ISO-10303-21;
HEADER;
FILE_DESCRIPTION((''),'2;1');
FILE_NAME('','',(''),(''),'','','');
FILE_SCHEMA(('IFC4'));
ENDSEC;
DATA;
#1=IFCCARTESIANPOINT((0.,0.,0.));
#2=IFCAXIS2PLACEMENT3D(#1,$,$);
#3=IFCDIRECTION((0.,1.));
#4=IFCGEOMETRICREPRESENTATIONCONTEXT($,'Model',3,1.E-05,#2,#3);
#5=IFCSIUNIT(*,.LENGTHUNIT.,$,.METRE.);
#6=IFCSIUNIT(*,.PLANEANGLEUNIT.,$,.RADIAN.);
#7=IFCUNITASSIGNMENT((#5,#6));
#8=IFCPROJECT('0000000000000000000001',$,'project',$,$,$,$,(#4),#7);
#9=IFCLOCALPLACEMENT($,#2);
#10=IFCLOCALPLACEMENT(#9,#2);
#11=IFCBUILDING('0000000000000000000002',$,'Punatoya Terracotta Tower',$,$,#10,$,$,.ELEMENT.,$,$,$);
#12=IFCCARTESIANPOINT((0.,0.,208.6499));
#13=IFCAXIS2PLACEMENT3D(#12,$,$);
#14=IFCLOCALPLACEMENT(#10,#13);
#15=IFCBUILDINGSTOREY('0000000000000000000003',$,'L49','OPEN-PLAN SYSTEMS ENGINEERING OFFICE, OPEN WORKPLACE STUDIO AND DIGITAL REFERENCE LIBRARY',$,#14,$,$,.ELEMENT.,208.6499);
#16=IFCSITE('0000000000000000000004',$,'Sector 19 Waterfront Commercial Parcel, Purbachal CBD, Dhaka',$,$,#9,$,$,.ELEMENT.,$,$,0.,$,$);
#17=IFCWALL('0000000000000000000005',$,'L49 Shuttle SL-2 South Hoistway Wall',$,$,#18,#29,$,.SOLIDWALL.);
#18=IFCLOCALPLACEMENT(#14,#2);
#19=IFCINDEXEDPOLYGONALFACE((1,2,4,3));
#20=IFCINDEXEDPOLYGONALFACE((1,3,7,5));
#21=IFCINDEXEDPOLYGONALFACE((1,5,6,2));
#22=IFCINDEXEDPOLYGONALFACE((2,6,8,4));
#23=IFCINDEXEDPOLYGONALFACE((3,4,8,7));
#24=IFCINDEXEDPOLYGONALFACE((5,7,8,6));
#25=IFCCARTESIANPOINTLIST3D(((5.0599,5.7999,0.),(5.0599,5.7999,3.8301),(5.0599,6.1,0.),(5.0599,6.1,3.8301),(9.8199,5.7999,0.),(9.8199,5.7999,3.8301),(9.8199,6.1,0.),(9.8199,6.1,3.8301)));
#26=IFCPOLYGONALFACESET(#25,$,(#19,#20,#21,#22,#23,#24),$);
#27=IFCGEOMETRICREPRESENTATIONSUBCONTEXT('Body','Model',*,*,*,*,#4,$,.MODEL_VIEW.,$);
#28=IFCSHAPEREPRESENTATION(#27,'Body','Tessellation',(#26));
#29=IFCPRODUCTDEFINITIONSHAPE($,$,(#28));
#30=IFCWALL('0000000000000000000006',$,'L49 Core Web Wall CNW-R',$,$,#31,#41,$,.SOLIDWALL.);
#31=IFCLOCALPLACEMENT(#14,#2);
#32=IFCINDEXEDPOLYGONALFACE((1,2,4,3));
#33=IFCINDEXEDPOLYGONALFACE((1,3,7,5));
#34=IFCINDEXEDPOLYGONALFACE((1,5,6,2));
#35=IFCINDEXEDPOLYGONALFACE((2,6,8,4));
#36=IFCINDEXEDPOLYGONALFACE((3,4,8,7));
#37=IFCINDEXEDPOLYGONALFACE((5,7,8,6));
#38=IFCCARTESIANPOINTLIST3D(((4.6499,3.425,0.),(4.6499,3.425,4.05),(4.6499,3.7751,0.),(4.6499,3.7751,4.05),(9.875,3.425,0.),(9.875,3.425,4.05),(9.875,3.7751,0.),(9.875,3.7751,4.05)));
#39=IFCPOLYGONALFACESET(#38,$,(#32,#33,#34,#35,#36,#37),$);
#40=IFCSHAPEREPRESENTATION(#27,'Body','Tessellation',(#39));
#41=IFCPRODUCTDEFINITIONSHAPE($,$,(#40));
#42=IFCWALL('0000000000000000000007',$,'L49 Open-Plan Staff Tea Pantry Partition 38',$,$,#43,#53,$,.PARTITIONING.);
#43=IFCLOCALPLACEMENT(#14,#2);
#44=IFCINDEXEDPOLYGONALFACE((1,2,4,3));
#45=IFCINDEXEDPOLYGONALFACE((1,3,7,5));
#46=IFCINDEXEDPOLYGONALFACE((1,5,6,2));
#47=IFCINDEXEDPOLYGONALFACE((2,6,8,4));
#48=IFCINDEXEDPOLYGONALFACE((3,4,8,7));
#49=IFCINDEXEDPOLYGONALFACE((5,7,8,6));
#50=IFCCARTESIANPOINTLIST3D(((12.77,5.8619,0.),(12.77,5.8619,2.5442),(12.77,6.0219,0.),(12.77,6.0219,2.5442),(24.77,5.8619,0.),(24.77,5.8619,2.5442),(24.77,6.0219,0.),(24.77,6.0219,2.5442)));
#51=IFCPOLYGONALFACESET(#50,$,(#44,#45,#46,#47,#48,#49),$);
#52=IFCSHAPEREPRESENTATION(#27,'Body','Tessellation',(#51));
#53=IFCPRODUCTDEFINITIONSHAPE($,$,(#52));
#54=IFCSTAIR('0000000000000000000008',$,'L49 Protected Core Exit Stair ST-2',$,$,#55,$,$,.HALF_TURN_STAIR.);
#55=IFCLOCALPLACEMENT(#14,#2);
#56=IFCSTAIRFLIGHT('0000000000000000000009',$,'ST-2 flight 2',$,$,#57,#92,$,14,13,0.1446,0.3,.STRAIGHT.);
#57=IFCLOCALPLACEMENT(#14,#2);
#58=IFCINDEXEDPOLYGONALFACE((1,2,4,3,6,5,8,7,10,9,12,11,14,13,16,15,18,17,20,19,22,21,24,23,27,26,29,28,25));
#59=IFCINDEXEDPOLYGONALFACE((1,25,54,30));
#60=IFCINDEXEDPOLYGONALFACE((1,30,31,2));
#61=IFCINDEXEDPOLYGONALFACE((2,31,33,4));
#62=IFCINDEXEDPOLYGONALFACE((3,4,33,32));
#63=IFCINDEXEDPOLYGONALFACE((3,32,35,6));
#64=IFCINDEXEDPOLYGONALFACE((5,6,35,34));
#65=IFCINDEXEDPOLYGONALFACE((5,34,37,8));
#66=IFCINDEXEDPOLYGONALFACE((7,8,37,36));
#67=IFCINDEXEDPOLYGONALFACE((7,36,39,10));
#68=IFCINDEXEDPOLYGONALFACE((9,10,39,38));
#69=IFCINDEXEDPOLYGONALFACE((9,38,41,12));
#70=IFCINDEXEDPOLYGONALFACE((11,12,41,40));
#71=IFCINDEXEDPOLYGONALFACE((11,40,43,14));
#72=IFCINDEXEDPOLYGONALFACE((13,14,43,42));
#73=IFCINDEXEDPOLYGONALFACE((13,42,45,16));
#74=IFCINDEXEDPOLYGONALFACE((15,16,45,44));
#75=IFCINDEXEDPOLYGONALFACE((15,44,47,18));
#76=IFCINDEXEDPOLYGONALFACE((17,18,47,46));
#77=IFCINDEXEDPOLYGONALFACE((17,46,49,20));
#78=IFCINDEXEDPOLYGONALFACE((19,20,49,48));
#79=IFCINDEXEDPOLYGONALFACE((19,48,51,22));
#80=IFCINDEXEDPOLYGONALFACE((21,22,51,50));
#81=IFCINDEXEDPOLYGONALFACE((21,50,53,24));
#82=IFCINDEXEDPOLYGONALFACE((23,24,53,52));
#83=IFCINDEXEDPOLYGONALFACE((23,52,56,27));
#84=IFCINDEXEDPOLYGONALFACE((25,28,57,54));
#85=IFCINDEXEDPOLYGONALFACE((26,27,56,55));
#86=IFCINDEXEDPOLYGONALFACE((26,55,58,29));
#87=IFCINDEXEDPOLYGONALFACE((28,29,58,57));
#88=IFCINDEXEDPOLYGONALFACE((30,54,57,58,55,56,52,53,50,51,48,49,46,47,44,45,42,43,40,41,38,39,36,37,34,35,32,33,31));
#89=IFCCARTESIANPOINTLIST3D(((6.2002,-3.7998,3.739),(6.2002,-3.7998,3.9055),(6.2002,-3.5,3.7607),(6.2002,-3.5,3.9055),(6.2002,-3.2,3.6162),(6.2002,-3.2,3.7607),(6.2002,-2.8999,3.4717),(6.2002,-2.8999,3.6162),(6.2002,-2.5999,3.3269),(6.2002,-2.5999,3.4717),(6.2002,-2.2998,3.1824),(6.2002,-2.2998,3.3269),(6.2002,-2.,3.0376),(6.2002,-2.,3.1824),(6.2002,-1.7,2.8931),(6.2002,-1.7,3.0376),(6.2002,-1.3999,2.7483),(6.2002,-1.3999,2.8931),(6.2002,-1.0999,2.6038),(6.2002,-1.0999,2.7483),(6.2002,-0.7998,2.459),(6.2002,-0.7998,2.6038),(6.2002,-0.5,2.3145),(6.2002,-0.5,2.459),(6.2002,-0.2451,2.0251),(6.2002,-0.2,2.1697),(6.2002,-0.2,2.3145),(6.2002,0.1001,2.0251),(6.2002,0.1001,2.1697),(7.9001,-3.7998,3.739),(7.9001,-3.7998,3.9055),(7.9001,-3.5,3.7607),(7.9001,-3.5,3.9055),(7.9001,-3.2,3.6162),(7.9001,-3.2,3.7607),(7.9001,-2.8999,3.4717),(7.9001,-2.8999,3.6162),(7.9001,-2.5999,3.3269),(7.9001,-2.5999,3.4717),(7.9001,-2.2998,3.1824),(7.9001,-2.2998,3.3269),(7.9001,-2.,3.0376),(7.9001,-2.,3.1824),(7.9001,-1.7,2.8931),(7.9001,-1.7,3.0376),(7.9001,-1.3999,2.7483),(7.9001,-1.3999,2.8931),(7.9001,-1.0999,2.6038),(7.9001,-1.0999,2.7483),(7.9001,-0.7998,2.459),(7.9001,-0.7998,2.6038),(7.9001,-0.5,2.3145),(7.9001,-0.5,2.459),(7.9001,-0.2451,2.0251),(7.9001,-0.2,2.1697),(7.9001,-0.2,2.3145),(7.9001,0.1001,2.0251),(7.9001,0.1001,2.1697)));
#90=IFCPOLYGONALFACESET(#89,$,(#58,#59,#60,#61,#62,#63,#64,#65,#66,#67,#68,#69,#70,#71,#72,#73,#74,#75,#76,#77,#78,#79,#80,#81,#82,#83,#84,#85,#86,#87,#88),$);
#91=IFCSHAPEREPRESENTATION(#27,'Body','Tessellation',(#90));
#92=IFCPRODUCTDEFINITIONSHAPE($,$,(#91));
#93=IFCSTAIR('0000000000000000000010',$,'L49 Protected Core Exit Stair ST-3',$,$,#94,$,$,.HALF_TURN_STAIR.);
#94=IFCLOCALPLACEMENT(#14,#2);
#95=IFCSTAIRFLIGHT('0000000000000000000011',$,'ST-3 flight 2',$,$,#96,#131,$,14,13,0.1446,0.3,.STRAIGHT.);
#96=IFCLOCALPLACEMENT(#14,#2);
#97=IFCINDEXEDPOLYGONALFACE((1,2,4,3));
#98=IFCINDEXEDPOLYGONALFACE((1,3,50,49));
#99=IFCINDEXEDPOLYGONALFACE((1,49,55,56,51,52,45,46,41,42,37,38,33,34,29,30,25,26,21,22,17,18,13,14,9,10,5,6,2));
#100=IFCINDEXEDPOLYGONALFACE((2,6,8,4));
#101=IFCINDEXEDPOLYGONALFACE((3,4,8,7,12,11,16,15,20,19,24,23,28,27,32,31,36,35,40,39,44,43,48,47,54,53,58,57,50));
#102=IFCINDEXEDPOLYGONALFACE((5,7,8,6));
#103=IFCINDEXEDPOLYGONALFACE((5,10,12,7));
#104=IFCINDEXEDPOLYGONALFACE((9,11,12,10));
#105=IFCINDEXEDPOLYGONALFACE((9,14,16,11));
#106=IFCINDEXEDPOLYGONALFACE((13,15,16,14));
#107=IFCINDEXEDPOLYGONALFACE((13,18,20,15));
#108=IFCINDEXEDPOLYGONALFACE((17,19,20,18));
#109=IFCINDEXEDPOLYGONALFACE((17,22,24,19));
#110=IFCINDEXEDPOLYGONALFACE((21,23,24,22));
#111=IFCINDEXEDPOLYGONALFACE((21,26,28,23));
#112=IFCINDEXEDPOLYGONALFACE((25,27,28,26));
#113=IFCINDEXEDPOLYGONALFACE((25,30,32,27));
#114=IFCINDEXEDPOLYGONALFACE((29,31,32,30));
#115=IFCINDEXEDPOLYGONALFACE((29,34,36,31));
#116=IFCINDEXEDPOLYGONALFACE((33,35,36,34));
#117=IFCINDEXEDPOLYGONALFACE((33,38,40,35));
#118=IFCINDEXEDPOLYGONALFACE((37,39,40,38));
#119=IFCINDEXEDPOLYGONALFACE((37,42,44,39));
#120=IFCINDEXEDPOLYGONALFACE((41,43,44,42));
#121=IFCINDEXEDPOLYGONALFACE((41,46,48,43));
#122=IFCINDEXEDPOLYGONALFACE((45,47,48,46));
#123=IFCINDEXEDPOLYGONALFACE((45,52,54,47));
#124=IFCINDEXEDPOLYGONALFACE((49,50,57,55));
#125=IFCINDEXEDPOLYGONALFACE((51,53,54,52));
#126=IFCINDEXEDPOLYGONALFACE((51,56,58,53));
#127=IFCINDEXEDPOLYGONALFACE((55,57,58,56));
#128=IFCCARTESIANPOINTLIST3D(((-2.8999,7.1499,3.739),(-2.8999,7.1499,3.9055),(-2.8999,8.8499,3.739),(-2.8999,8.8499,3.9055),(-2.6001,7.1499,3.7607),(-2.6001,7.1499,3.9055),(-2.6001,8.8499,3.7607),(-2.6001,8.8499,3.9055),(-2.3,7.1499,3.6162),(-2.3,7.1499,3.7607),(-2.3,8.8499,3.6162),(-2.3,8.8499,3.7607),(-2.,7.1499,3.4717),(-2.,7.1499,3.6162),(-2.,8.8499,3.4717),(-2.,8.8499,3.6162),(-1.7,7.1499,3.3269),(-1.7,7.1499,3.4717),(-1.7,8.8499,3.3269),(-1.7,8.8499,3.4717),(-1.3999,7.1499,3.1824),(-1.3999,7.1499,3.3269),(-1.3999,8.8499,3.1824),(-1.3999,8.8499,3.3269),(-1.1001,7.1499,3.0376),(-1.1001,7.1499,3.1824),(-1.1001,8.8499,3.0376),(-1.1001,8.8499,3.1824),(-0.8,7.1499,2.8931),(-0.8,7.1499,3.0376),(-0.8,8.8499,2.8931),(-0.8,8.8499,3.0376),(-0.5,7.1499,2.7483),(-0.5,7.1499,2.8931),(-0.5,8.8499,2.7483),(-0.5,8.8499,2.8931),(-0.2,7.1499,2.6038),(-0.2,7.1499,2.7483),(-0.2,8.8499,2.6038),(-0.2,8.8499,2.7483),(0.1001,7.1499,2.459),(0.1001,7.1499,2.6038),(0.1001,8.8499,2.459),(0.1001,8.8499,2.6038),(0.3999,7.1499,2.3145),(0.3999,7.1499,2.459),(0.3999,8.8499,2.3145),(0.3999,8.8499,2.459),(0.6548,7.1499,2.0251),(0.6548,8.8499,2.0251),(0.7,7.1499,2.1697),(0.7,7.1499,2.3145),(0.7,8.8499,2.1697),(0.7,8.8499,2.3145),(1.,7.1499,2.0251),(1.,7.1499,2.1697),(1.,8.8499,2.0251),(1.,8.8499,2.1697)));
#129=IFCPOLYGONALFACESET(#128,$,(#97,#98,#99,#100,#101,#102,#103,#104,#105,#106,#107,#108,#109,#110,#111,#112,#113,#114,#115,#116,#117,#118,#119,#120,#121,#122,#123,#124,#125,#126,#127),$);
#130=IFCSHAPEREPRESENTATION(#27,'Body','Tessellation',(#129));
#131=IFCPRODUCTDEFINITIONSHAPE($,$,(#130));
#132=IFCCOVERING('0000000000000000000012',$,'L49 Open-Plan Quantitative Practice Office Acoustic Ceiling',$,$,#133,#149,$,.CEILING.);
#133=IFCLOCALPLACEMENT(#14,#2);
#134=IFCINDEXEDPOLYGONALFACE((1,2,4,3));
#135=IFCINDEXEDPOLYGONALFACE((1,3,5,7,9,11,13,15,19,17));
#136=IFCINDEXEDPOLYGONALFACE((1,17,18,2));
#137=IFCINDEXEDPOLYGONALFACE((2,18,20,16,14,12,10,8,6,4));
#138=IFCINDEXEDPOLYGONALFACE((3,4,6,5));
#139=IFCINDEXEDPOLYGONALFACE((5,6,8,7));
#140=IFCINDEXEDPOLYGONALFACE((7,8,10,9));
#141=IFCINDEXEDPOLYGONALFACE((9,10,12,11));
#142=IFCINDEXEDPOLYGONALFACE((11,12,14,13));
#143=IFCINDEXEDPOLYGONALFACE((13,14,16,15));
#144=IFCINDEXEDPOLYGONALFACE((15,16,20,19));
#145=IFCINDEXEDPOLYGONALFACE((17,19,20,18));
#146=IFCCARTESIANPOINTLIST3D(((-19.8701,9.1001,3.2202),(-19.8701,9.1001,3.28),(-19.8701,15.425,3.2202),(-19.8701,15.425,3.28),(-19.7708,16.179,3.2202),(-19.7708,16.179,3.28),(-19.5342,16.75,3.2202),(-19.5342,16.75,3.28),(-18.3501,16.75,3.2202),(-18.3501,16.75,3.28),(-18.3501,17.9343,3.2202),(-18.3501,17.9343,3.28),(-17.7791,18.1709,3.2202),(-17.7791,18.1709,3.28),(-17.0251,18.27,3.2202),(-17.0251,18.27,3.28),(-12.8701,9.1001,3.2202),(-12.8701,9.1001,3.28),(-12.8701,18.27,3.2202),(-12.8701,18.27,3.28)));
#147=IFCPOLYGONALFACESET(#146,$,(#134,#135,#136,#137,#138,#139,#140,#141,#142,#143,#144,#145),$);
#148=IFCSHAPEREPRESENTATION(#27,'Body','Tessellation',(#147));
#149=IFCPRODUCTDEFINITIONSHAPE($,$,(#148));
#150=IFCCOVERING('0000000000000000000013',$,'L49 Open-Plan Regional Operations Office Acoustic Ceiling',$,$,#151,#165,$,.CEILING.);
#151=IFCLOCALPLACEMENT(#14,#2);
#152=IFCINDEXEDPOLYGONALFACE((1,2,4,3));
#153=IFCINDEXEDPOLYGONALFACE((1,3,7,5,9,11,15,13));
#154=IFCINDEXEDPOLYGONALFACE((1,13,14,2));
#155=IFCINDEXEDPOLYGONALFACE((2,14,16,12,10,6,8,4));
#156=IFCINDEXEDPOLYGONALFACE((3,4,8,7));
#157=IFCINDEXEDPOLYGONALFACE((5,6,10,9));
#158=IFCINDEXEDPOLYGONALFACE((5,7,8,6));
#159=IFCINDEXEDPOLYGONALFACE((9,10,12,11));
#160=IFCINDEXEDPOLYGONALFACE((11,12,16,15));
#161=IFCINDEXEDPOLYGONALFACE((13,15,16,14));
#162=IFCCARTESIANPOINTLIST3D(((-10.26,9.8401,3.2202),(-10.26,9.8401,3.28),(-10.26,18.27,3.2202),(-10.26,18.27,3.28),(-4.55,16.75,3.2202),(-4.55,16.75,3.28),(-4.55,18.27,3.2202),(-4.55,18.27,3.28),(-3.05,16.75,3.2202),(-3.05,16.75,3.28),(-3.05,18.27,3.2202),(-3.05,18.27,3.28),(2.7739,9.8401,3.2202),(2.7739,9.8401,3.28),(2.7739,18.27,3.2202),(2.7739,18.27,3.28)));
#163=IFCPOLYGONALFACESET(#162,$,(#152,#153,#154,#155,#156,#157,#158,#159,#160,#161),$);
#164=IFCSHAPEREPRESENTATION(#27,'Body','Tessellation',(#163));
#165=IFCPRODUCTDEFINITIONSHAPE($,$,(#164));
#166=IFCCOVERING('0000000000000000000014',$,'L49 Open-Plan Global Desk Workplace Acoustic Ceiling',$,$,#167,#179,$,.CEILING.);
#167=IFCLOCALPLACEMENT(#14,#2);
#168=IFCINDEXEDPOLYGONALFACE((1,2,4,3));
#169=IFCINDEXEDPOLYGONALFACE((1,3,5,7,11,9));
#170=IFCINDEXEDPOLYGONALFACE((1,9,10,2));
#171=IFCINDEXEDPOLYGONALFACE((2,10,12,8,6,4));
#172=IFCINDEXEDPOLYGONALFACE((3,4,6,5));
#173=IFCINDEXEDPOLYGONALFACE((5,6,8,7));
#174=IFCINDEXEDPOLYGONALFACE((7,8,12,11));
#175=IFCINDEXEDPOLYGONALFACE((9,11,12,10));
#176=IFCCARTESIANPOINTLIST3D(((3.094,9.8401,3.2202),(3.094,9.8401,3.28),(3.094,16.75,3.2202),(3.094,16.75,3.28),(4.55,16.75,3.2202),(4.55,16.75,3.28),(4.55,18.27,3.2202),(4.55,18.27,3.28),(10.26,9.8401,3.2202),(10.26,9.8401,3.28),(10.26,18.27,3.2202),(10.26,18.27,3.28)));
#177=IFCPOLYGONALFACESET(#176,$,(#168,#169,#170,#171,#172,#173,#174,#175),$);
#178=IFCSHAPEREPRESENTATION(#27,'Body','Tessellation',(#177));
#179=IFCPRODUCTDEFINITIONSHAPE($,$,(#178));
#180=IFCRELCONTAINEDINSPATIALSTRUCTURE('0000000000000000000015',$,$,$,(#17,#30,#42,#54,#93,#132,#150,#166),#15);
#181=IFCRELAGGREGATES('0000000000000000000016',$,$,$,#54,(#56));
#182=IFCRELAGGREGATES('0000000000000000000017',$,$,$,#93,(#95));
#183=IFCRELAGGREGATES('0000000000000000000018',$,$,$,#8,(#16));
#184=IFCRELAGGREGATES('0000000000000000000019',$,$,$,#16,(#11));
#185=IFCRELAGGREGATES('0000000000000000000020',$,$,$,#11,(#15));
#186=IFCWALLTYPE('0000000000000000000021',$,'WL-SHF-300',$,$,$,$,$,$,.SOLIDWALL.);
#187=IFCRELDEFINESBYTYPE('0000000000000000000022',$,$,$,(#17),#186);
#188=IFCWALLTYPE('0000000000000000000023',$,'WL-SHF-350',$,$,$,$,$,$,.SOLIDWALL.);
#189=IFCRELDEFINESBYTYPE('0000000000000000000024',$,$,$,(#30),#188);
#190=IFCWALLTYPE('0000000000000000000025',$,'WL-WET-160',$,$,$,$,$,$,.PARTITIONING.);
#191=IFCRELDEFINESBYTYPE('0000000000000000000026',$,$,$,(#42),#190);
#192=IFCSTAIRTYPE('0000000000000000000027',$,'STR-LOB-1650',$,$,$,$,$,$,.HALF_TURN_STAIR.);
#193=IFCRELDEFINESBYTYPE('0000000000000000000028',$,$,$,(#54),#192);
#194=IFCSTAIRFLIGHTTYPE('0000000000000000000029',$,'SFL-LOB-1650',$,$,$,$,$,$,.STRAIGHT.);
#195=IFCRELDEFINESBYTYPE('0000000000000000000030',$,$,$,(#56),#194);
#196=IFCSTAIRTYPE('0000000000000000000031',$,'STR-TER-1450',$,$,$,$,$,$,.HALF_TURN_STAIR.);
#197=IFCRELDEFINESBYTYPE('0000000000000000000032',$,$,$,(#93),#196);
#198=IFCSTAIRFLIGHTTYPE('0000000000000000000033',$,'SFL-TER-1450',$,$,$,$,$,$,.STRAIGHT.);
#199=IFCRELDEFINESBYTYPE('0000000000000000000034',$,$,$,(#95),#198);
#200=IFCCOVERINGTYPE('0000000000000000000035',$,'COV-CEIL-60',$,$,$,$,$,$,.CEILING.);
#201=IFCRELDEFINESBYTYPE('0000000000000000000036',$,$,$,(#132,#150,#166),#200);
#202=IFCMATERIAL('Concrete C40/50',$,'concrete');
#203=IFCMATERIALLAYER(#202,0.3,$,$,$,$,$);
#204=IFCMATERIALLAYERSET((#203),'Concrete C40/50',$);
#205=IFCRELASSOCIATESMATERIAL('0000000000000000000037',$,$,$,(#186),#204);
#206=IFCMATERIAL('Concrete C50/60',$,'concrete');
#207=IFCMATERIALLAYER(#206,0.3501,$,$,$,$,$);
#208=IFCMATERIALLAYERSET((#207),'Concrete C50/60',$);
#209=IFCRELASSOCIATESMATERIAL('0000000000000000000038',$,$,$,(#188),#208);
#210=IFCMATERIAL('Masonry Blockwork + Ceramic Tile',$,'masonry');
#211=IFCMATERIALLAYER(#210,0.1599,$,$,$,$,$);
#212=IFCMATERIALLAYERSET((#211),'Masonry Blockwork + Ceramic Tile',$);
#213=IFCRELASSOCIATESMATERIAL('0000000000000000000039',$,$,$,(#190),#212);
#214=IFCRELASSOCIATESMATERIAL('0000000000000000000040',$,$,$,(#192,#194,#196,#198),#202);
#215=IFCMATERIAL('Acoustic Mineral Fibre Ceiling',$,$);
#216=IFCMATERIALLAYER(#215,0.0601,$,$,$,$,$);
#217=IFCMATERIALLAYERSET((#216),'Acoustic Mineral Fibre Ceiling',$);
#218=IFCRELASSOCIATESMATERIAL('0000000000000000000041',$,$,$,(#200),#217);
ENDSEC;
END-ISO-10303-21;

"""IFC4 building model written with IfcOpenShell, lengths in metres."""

from ifc_helpers import new_model, si_unit, direction, frame, frame_2d, origin, place, context, subcontext, project, spatial, polyline, rectangle, outline, extrude, material, layer, layer_set, type_object, element, aggregate, save


model = new_model("IFC4")

# Units and contexts
model_context = context("Model", 3, precision=1e-05, world=origin(), true_north=direction((0.0, 1.0)))
body_context = subcontext(model_context, "Body", "Model", "MODEL_VIEW")
ifc_project = project(units=[si_unit("LENGTHUNIT", "METRE"), si_unit("PLANEANGLEUNIT", "RADIAN")], contexts=[model_context])

# Site, building, storey
site_placement = place(None, origin())
site = spatial("IfcSite", under=ifc_project, at=site_placement, Name="Sector 19 Waterfront Commercial Parcel, Purbachal CBD, Dhaka", CompositionType="ELEMENT", RefElevation=0.0)
building_placement = place(site_placement, origin())
building = spatial("IfcBuilding", under=site, at=building_placement, Name="Punatoya Terracotta Tower", CompositionType="ELEMENT")
storey_placement = place(building_placement, frame((0.0, 0.0, 208.6499)))
storey = spatial("IfcBuildingStorey", under=building, at=storey_placement, Name="L49", Description="OPEN-PLAN SYSTEMS ENGINEERING OFFICE, OPEN WORKPLACE STUDIO AND DIGITAL REFERENCE LIBRARY", CompositionType="ELEMENT", Elevation=208.6499)

# Walls
ifc_material_1 = material(Name="Concrete C40/50", Category="concrete")
ifc_layer_1 = layer(ifc_material_1, 0.3)
ifc_layer_set_1 = layer_set([ifc_layer_1], Name="Concrete C40/50")
wall_type_1 = type_object("IfcWallType", Name="WL-SHF-300", PredefinedType="SOLIDWALL", material=ifc_layer_set_1)
wall_1_placement = place(storey_placement, frame((5.0601, 5.95, 0.0), z_axis=(0.0, 0.0, 1.0), x_axis=(1.0, 0.0, 0.0)))
element("IfcWall", 1, at=wall_1_placement, inside=storey, type_object=wall_type_1, Name="L49 Shuttle SL-2 South Hoistway Wall", PredefinedType="SOLIDWALL", context=body_context, shape_type="SweptSolid", body=[
    extrude(rectangle(XDim=4.76, YDim=0.3, at=frame_2d((2.3799, 0.0))), origin(), (0.0, 0.0, 1.0), 3.8301),
])
ifc_material_2 = material(Name="Concrete C50/60", Category="concrete")
ifc_layer_2 = layer(ifc_material_2, 0.3501)
ifc_layer_set_2 = layer_set([ifc_layer_2], Name="Concrete C50/60")
wall_type_2 = type_object("IfcWallType", Name="WL-SHF-350", PredefinedType="SOLIDWALL", material=ifc_layer_set_2)
wall_2_placement = place(storey_placement, frame((4.6499, 3.6001, 0.0), z_axis=(0.0, 0.0, 1.0), x_axis=(1.0, 0.0, 0.0)))
element("IfcWall", 2, at=wall_2_placement, inside=storey, type_object=wall_type_2, Name="L49 Core Web Wall CNW-R", PredefinedType="SOLIDWALL", context=body_context, shape_type="SweptSolid", body=[
    extrude(rectangle(XDim=5.2251, YDim=0.3501, at=frame_2d((2.6125, 0.0))), origin(), (0.0, 0.0, 1.0), 4.05),
])
ifc_material_3 = material(Name="Masonry Blockwork + Ceramic Tile", Category="masonry")
ifc_layer_3 = layer(ifc_material_3, 0.1599)
ifc_layer_set_3 = layer_set([ifc_layer_3], Name="Masonry Blockwork + Ceramic Tile")
wall_type_3 = type_object("IfcWallType", Name="WL-WET-160", PredefinedType="PARTITIONING", material=ifc_layer_set_3)
wall_3_placement = place(storey_placement, frame((12.77, 5.9419, 0.0), z_axis=(0.0, 0.0, 1.0), x_axis=(1.0, 0.0, 0.0)))
element("IfcWall", 3, at=wall_3_placement, inside=storey, type_object=wall_type_3, Name="L49 Open-Plan Staff Tea Pantry Partition 38", PredefinedType="PARTITIONING", context=body_context, shape_type="SweptSolid", body=[
    extrude(rectangle(XDim=12.0, YDim=0.1599, at=frame_2d((6.0, 0.0))), origin(), (0.0, 0.0, 1.0), 2.5442),
])

# Stairs, stair flights
stair_type_1 = type_object("IfcStairType", Name="STR-LOB-1650", PredefinedType="HALF_TURN_STAIR", material=ifc_material_1)
stair_1_placement = place(storey_placement, origin())
stair_1 = element("IfcStair", 4, at=stair_1_placement, inside=storey, type_object=stair_type_1, Name="L49 Protected Core Exit Stair ST-2", PredefinedType="HALF_TURN_STAIR")
stair_flight_type_1 = type_object("IfcStairFlightType", Name="SFL-LOB-1650", PredefinedType="STRAIGHT", material=ifc_material_1)
stair_flight_1_placement = place(storey_placement, frame((7.05, 0.1001, 2.0251), z_axis=(0.0, 0.0, 1.0), x_axis=(0.0, -1.0, 0.0)))
stair_flight_1 = element("IfcStairFlight", 5, at=stair_flight_1_placement, type_object=stair_flight_type_1, Name="ST-2 flight 2", NumberOfRisers=14, NumberOfTreads=13, PredefinedType="STRAIGHT", RiserHeight=0.1446, TreadLength=0.3, context=body_context, shape_type="SweptSolid", body=[
    extrude(outline(polyline([(0.0, 0.0), (0.0, 0.1445), (0.3, 0.1445), (0.3, 0.2893), (0.6001, 0.2893), (0.6001, 0.4338), (0.8999, 0.4338), (0.8999, 0.5786), (1.2, 0.5786), (1.2, 0.7231), (1.5, 0.7231), (1.5, 0.8679), (1.8, 0.8679), (1.8, 1.0125), (2.1001, 1.0125), (2.1001, 1.1572), (2.3999, 1.1572), (2.3999, 1.3018), (2.7, 1.3018), (2.7, 1.4465), (3.0, 1.4465), (3.0, 1.5911), (3.3, 1.5911), (3.3, 1.7356), (3.6001, 1.7356), (3.6001, 1.8804), (3.8999, 1.8804), (3.8999, 2.0249), (3.8999, 1.7139), (0.3452, 0.0), (0.0, 0.0)])), frame((0.0, 0.8501, 0.0), z_axis=(0.0, -1.0, 0.0), x_axis=(1.0, 0.0, 0.0)), (0.0, 0.0, 1.0), 1.7),
])
aggregate(stair_1, [stair_flight_1])
stair_type_2 = type_object("IfcStairType", Name="STR-TER-1450", PredefinedType="HALF_TURN_STAIR", material=ifc_material_1)
stair_2_placement = place(storey_placement, origin())
stair_2 = element("IfcStair", 6, at=stair_2_placement, inside=storey, type_object=stair_type_2, Name="L49 Protected Core Exit Stair ST-3", PredefinedType="HALF_TURN_STAIR")
stair_flight_type_2 = type_object("IfcStairFlightType", Name="SFL-TER-1450", PredefinedType="STRAIGHT", material=ifc_material_1)
stair_flight_2_placement = place(storey_placement, frame((1.0, 8.0, 2.0251), z_axis=(0.0, 0.0, 1.0), x_axis=(-1.0, 0.0, 0.0)))
stair_flight_2 = element("IfcStairFlight", 7, at=stair_flight_2_placement, type_object=stair_flight_type_2, Name="ST-3 flight 2", NumberOfRisers=14, NumberOfTreads=13, PredefinedType="STRAIGHT", RiserHeight=0.1446, TreadLength=0.3, context=body_context, shape_type="SweptSolid", body=[
    extrude(outline(polyline([(0.0, 0.0), (0.0, 0.1445), (0.3, 0.1445), (0.3, 0.2893), (0.6001, 0.2893), (0.6001, 0.4338), (0.8999, 0.4338), (0.8999, 0.5786), (1.2, 0.5786), (1.2, 0.7231), (1.5, 0.7231), (1.5, 0.8679), (1.8, 0.8679), (1.8, 1.0125), (2.1001, 1.0125), (2.1001, 1.1572), (2.3999, 1.1572), (2.3999, 1.3018), (2.7, 1.3018), (2.7, 1.4465), (3.0, 1.4465), (3.0, 1.5911), (3.3, 1.5911), (3.3, 1.7356), (3.6001, 1.7356), (3.6001, 1.8804), (3.8999, 1.8804), (3.8999, 2.0249), (3.8999, 1.7139), (0.3452, 0.0), (0.0, 0.0)])), frame((0.0, 0.8501, 0.0), z_axis=(0.0, -1.0, 0.0), x_axis=(1.0, 0.0, 0.0)), (0.0, 0.0, 1.0), 1.7),
])
aggregate(stair_2, [stair_flight_2])

# Coverings
ifc_material_4 = material(Name="Acoustic Mineral Fibre Ceiling")
ifc_layer_4 = layer(ifc_material_4, 0.0601)
ifc_layer_set_4 = layer_set([ifc_layer_4], Name="Acoustic Mineral Fibre Ceiling")
covering_type = type_object("IfcCoveringType", Name="COV-CEIL-60", PredefinedType="CEILING", material=ifc_layer_set_4)
covering_1_placement = place(storey_placement, frame((0.0, 0.0, 3.2202)))
element("IfcCovering", 8, at=covering_1_placement, inside=storey, type_object=covering_type, Name="L49 Open-Plan Quantitative Practice Office Acoustic Ceiling", PredefinedType="CEILING", context=body_context, shape_type="SweptSolid", body=[
    extrude(outline(polyline([(-19.7708, 16.179), (-19.8701, 15.425), (-19.8701, 9.1001), (-12.8701, 9.1001), (-12.8701, 18.27), (-17.0251, 18.27), (-17.7791, 18.1709), (-18.3501, 17.9343), (-18.3501, 16.75), (-19.5342, 16.75), (-19.7708, 16.179)])), origin(), (0.0, 0.0, 1.0), 0.0598),
])
covering_2_placement = place(storey_placement, frame((0.0, 0.0, 3.2202)))
element("IfcCovering", 9, at=covering_2_placement, inside=storey, type_object=covering_type, Name="L49 Open-Plan Regional Operations Office Acoustic Ceiling", PredefinedType="CEILING", context=body_context, shape_type="SweptSolid", body=[
    extrude(outline(polyline([(-10.26, 18.27), (-10.26, 9.8401), (2.7739, 9.8401), (2.7739, 18.27), (-3.05, 18.27), (-3.05, 16.75), (-4.55, 16.75), (-4.55, 18.27), (-10.26, 18.27)])), origin(), (0.0, 0.0, 1.0), 0.0598),
])
covering_3_placement = place(storey_placement, frame((0.0, 0.0, 3.2202)))
element("IfcCovering", 10, at=covering_3_placement, inside=storey, type_object=covering_type, Name="L49 Open-Plan Global Desk Workplace Acoustic Ceiling", PredefinedType="CEILING", context=body_context, shape_type="SweptSolid", body=[
    extrude(outline(polyline([(4.55, 18.27), (4.55, 16.75), (3.094, 16.75), (3.094, 9.8401), (10.26, 9.8401), (10.26, 18.27), (4.55, 18.27)])), origin(), (0.0, 0.0, 1.0), 0.0598),
])

save(model, "model.ifc")
